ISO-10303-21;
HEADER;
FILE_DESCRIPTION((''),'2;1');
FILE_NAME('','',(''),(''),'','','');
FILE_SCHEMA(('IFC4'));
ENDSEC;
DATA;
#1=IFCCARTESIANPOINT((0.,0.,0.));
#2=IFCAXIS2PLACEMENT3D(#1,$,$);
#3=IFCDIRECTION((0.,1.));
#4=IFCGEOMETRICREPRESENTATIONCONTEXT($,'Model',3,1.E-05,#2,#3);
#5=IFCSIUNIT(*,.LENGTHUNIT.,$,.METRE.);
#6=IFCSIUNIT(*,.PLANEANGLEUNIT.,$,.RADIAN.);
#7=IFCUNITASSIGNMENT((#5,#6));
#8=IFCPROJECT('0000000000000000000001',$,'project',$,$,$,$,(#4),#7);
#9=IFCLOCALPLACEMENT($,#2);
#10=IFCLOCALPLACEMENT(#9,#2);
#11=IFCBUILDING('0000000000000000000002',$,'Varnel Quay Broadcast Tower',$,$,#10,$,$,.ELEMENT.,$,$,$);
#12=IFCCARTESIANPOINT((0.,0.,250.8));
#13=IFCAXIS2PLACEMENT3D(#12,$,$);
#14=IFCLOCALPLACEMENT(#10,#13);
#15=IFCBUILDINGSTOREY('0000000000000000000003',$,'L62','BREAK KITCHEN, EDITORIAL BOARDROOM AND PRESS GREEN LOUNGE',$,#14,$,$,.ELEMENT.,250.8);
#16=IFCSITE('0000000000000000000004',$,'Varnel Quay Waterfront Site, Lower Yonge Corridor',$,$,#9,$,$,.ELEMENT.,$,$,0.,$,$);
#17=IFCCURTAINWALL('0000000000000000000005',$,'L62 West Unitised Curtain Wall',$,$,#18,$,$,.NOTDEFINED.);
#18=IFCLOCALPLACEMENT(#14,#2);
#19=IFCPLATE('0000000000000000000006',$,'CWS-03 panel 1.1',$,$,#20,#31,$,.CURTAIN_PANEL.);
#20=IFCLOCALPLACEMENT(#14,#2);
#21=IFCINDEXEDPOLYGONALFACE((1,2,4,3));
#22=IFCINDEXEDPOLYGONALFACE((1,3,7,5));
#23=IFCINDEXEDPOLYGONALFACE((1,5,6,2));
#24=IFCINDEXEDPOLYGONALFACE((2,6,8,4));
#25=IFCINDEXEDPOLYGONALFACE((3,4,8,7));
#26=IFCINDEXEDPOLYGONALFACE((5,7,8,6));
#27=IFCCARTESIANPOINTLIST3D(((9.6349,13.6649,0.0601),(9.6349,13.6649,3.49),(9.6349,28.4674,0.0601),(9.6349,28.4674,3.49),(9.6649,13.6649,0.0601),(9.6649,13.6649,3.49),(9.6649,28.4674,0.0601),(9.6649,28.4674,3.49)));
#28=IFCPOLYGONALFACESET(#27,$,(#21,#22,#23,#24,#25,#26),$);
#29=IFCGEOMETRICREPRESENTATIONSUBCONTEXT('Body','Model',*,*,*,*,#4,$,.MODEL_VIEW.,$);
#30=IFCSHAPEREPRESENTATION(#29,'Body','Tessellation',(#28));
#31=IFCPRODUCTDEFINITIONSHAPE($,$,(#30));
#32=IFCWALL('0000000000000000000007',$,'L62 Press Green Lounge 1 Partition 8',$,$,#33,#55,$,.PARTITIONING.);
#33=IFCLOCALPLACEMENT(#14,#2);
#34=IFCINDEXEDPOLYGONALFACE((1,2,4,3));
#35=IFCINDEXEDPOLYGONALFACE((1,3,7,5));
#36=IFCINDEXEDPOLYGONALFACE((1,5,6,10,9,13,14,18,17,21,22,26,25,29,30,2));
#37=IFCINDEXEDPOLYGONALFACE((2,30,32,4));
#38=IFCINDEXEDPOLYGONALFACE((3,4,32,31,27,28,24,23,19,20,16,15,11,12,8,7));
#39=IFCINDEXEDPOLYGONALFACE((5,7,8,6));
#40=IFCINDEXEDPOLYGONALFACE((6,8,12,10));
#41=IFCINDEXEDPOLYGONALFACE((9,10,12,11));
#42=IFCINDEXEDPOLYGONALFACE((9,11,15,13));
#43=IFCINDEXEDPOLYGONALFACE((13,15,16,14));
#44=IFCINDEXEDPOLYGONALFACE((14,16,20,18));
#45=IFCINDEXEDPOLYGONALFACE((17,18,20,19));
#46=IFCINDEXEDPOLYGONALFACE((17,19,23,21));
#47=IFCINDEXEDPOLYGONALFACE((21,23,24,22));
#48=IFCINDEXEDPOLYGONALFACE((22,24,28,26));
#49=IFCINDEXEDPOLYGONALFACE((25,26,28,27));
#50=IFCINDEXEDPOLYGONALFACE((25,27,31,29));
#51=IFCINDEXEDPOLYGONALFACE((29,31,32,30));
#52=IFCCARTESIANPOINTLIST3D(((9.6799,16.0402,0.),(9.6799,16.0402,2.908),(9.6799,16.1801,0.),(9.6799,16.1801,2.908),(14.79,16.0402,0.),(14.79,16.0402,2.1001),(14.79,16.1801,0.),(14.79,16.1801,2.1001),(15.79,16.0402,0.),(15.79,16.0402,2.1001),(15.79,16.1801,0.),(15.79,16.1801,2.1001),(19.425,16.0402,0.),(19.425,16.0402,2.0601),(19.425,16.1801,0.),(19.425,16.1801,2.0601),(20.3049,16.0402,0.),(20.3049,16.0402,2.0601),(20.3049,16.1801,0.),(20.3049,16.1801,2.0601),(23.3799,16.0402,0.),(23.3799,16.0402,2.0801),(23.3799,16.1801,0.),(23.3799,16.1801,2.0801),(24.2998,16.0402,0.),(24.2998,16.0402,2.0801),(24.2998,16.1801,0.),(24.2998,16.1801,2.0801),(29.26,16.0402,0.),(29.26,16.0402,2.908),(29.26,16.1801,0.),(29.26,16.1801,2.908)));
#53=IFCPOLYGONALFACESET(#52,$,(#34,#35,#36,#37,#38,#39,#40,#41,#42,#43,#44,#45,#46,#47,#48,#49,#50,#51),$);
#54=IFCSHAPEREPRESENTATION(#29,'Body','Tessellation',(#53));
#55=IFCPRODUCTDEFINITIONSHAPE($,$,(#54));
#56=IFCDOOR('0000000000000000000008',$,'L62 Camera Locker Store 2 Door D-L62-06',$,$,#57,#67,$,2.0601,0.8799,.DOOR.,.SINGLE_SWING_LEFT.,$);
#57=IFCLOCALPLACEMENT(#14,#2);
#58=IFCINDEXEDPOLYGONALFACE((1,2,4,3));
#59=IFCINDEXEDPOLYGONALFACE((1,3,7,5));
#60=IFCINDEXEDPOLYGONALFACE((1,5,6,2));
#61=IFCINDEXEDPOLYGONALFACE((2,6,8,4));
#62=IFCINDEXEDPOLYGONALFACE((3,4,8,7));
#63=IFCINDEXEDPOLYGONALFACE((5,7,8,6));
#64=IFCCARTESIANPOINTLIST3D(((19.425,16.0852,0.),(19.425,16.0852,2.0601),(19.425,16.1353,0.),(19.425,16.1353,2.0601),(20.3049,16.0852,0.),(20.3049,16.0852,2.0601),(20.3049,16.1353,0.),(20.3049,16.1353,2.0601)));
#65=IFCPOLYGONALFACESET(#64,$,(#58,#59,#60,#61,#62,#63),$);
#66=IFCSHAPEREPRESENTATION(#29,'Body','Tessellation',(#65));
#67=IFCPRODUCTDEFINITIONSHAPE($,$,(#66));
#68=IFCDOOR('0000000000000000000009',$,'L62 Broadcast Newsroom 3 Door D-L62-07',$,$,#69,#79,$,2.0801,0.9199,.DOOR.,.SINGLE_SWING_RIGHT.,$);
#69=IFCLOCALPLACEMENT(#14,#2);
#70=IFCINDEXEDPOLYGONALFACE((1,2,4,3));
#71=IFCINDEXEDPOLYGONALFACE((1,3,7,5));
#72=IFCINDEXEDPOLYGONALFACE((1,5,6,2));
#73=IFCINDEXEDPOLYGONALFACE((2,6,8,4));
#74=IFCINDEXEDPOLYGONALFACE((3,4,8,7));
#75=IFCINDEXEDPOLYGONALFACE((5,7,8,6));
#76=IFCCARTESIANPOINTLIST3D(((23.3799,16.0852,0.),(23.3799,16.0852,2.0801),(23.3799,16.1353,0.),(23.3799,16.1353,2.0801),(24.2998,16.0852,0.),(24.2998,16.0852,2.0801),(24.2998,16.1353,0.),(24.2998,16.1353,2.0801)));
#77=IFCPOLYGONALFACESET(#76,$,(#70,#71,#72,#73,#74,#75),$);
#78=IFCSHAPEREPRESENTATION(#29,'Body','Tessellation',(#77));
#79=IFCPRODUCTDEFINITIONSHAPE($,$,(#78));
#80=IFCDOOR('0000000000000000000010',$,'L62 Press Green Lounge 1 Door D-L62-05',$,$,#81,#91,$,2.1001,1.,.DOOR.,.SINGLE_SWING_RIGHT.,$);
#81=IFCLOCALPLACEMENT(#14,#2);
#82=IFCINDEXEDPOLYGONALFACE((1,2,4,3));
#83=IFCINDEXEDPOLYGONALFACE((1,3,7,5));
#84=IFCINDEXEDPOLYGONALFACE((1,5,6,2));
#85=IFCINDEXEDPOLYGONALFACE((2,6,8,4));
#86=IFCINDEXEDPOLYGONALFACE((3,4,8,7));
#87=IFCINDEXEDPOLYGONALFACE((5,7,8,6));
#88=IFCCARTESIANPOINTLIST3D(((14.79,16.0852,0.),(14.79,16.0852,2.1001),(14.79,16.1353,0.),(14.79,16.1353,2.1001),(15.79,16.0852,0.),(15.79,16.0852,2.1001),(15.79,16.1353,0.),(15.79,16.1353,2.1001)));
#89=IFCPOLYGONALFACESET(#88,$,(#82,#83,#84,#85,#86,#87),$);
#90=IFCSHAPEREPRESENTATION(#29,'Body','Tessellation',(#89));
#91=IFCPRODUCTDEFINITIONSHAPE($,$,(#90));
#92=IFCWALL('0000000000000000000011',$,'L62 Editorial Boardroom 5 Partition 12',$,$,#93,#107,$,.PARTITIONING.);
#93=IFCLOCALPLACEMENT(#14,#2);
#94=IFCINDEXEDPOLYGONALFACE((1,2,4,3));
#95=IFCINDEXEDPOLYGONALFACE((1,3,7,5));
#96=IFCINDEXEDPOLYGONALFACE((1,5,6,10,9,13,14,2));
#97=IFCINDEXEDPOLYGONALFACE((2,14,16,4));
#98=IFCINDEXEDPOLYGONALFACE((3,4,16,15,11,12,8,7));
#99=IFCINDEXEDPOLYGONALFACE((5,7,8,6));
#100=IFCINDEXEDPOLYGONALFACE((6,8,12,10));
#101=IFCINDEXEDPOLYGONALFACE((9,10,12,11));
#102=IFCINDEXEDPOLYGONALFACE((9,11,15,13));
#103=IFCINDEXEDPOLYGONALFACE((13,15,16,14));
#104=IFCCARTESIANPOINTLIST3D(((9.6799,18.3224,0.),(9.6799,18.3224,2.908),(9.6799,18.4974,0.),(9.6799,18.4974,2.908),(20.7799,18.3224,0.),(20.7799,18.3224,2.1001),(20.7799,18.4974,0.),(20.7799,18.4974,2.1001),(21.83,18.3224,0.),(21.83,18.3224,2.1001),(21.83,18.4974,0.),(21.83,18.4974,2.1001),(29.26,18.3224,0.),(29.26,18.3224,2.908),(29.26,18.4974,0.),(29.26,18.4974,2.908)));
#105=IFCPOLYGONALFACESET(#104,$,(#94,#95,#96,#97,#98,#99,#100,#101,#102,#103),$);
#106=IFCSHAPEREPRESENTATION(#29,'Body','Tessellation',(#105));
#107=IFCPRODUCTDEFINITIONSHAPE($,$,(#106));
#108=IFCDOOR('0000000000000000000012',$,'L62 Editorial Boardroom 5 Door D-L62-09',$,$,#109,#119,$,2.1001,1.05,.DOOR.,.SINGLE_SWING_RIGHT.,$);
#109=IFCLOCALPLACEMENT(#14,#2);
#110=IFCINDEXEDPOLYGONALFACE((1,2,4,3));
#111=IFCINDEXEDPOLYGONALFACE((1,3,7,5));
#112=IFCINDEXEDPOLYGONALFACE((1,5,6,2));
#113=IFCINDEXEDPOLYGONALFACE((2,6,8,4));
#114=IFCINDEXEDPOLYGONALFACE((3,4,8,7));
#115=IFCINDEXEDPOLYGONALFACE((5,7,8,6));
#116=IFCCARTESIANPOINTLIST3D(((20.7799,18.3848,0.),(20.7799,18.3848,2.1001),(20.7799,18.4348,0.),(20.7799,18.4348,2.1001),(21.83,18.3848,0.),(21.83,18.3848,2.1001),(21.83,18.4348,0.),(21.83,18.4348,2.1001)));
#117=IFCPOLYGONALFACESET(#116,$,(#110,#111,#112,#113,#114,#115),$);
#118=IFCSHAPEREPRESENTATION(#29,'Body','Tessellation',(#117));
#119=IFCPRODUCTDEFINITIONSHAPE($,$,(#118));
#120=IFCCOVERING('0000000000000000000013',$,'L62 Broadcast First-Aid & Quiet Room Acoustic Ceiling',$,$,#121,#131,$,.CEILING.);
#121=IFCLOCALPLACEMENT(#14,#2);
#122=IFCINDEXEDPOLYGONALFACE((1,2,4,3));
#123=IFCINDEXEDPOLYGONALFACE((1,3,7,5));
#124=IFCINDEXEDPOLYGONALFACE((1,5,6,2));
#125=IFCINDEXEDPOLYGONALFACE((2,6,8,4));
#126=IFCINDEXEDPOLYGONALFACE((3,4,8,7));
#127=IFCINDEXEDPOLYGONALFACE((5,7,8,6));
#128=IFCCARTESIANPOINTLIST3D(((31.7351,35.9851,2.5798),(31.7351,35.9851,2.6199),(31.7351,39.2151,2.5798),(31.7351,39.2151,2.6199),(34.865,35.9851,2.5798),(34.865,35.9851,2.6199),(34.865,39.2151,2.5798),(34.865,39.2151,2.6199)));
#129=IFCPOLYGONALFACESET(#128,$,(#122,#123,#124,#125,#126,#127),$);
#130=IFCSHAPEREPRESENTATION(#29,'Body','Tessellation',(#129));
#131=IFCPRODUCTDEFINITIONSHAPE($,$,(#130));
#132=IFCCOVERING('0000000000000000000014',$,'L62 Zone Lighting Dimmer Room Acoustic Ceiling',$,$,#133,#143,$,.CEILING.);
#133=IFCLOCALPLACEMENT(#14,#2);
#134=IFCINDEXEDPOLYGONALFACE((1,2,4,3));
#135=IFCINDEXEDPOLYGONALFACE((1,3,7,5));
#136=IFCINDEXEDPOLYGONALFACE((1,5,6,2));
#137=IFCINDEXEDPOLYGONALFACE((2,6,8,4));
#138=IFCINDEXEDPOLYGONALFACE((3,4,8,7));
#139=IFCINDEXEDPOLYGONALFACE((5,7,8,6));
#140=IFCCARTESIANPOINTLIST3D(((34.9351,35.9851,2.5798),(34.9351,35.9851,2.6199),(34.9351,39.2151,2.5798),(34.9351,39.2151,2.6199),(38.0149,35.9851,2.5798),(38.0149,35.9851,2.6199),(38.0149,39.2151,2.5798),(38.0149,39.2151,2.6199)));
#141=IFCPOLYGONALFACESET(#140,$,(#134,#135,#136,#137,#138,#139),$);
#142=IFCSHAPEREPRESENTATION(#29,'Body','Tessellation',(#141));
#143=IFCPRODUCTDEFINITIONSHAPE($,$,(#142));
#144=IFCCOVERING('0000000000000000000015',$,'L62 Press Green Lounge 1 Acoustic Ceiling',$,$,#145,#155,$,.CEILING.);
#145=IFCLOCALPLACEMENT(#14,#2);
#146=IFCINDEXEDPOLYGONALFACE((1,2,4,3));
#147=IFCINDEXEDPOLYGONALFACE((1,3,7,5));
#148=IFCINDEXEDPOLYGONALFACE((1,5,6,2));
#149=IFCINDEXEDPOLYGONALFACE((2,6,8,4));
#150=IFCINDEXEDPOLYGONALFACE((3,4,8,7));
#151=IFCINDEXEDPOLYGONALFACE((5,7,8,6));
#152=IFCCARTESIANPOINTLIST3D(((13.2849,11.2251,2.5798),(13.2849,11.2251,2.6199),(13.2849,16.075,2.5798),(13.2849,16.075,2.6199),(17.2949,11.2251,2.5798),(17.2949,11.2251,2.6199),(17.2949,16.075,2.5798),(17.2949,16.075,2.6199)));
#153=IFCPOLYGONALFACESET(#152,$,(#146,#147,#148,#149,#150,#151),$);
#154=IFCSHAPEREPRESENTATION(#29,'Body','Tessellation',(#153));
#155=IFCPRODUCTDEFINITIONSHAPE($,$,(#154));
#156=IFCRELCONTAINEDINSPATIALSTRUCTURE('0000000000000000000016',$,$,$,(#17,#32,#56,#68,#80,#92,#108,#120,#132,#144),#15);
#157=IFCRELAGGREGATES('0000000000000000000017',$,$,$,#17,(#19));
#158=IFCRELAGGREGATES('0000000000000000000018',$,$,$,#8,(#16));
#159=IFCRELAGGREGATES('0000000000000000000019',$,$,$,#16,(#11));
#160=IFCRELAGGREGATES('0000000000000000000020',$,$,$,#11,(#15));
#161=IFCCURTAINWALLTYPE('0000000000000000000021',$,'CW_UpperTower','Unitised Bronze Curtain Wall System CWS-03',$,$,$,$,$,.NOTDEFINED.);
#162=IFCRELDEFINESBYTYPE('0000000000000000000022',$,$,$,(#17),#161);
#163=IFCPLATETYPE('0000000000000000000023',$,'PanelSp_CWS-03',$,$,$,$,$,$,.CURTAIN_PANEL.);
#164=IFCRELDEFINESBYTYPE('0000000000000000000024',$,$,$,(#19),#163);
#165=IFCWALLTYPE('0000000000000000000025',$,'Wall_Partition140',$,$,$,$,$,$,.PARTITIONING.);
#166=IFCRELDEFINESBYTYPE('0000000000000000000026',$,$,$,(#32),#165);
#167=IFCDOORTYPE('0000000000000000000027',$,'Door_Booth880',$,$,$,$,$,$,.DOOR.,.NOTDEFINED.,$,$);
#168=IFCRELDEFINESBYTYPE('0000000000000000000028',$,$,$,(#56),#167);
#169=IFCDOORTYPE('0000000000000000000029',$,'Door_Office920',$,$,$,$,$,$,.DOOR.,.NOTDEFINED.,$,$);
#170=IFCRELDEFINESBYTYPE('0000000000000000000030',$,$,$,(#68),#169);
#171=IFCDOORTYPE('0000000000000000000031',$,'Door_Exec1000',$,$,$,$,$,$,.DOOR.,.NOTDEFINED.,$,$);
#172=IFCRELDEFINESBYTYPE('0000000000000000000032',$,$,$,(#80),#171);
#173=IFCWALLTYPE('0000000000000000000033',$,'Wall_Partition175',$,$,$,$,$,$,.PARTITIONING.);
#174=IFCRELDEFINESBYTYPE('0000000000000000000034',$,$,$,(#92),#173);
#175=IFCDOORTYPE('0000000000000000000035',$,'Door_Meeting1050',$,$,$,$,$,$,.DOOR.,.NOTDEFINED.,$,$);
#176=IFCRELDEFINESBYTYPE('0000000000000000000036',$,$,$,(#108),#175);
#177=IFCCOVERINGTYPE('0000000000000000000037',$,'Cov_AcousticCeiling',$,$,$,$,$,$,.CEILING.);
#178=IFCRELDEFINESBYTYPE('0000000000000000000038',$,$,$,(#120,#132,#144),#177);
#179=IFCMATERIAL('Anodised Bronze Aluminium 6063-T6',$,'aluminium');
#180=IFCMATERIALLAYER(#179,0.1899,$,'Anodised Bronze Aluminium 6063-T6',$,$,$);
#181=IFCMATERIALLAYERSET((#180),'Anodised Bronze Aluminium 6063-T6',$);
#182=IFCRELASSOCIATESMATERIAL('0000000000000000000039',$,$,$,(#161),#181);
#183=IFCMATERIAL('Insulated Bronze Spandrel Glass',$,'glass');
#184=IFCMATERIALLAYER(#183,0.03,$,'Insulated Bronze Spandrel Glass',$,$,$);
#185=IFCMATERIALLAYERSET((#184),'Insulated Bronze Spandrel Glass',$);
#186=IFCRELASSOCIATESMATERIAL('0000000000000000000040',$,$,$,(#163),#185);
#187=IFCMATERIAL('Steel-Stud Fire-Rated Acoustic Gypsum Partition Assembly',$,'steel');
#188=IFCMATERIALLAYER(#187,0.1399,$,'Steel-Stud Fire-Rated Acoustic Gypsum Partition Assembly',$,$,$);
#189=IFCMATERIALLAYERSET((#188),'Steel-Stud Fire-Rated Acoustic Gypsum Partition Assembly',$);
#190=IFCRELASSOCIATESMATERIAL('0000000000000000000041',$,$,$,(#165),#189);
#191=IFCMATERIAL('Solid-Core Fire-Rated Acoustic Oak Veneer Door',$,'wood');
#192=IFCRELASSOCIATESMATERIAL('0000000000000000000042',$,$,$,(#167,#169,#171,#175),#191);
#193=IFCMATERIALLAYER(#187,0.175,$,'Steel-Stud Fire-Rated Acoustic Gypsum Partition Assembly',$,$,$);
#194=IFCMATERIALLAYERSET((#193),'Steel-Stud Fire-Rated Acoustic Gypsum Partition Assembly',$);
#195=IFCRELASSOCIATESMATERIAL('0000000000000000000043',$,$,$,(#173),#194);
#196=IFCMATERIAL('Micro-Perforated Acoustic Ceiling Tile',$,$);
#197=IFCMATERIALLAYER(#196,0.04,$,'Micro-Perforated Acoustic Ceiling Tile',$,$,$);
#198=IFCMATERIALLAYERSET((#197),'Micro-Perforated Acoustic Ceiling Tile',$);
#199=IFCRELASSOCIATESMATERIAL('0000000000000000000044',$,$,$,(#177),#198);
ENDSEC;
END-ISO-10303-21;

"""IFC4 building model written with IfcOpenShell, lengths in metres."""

from ifc_helpers import new_model, si_unit, direction, frame, frame_2d, origin, origin_2d, place, context, subcontext, project, spatial, polyline, rectangle, outline, extrude, source, transform, mapped, material, layer, layer_set, type_object, type_shapes, element, fill, aggregate, save


model = new_model("IFC4")

# Units and contexts
model_context = context("Model", 3, precision=1e-05, world=origin(), true_north=direction((0.0, 1.0)))
body_context = subcontext(model_context, "Body", "Model", "MODEL_VIEW")
ifc_project = project(units=[si_unit("LENGTHUNIT", "METRE"), si_unit("PLANEANGLEUNIT", "RADIAN")], contexts=[model_context])

# Site, building, storey
site_placement = place(None, origin())
site = spatial("IfcSite", under=ifc_project, at=site_placement, Name="Varnel Quay Waterfront Site, Lower Yonge Corridor", CompositionType="ELEMENT", RefElevation=0.0)
building_placement = place(site_placement, origin())
building = spatial("IfcBuilding", under=site, at=building_placement, Name="Varnel Quay Broadcast Tower", CompositionType="ELEMENT")
storey_placement = place(building_placement, frame((0.0, 0.0, 250.8)))
storey = spatial("IfcBuildingStorey", under=building, at=storey_placement, Name="L62", Description="BREAK KITCHEN, EDITORIAL BOARDROOM AND PRESS GREEN LOUNGE", CompositionType="ELEMENT", Elevation=250.8)

# Shared definitions
ifc_material_1 = material(Name="Anodised Bronze Aluminium 6063-T6", Category="aluminium")

# Curtain wall
ifc_layer_1 = layer(ifc_material_1, 0.1899, Name="Anodised Bronze Aluminium 6063-T6")
ifc_layer_set_1 = layer_set([ifc_layer_1], Name="Anodised Bronze Aluminium 6063-T6")
curtain_wall_type_1 = type_object("IfcCurtainWallType", Name="CW_UpperTower", Description="Unitised Bronze Curtain Wall System CWS-03", PredefinedType="NOTDEFINED", material=ifc_layer_set_1)
curtain_wall_1_placement = place(storey_placement, origin())
curtain_wall_1 = element("IfcCurtainWall", 1, at=curtain_wall_1_placement, inside=storey, type_object=curtain_wall_type_1, Name="L62 West Unitised Curtain Wall", PredefinedType="NOTDEFINED")

# Plate
ifc_material_2 = material(Name="Insulated Bronze Spandrel Glass", Category="glass")
ifc_layer_2 = layer(ifc_material_2, 0.03, Name="Insulated Bronze Spandrel Glass")
ifc_layer_set_2 = layer_set([ifc_layer_2], Name="Insulated Bronze Spandrel Glass")
plate_type_1 = type_object("IfcPlateType", Name="PanelSp_CWS-03", PredefinedType="CURTAIN_PANEL", material=ifc_layer_set_2)
shared_shape_1 = source(origin(), body_context, "Body", "SweptSolid", [
    extrude(rectangle(XDim=14.8025, YDim=0.03, at=origin_2d()), origin(), (0.0, 0.0, 1.0), 3.4299),
])
type_shapes(plate_type_1, [shared_shape_1])
plate_1_placement = place(storey_placement, frame((9.6499, 21.0662, 0.0601), z_axis=(0.0, 0.0, 1.0), x_axis=(0.0, 1.0, 0.0)))
plate_1 = element("IfcPlate", 2, at=plate_1_placement, type_object=plate_type_1, Name="CWS-03 panel 1.1", PredefinedType="CURTAIN_PANEL", context=body_context, shape_type="MappedRepresentation", body=[
    mapped(shared_shape_1, transform((0.0, 0.0, 0.0), x_axis=(1.0, 0.0, 0.0), y_axis=(0.0, 1.0, 0.0), z_axis=(0.0, 0.0, 1.0), scale=1.0)),
])
aggregate(curtain_wall_1, [plate_1])

# Wall, openings, doors
ifc_material_3 = material(Name="Steel-Stud Fire-Rated Acoustic Gypsum Partition Assembly", Category="steel")
ifc_layer_3 = layer(ifc_material_3, 0.1399, Name="Steel-Stud Fire-Rated Acoustic Gypsum Partition Assembly")
ifc_layer_set_3 = layer_set([ifc_layer_3], Name="Steel-Stud Fire-Rated Acoustic Gypsum Partition Assembly")
wall_type_1 = type_object("IfcWallType", Name="Wall_Partition140", PredefinedType="PARTITIONING", material=ifc_layer_set_3)
wall_1_placement = place(storey_placement, frame((9.6799, 16.1101, 0.0), z_axis=(0.0, 0.0, 1.0), x_axis=(1.0, 0.0, 0.0)))
wall_1 = element("IfcWall", 3, at=wall_1_placement, inside=storey, type_object=wall_type_1, Name="L62 Press Green Lounge 1 Partition 8", PredefinedType="PARTITIONING", context=body_context, shape_type="SweptSolid", body=[
    extrude(rectangle(XDim=19.5801, YDim=0.1399, at=frame_2d((9.79, 0.0))), origin(), (0.0, 0.0, 1.0), 2.908),
])
opening_1_placement = place(wall_1_placement, frame((5.1101, 0.0, 0.0)))
opening_1 = element("IfcOpeningElement", 4, at=opening_1_placement, cuts=wall_1, PredefinedType="OPENING", context=body_context, shape_type="SweptSolid", body=[
    extrude(rectangle(XDim=1.0, YDim=2.1001, at=frame_2d((0.5, 1.05))), frame((0.0, 0.0801, 0.0), z_axis=(0.0, -1.0, 0.0), x_axis=(1.0, 0.0, 0.0)), (0.0, 0.0, 1.0), 0.1599),
])
opening_2_placement = place(wall_1_placement, frame((9.7451, 0.0, 0.0)))
opening_2 = element("IfcOpeningElement", 5, at=opening_2_placement, cuts=wall_1, PredefinedType="OPENING", context=body_context, shape_type="SweptSolid", body=[
    extrude(rectangle(XDim=0.8799, YDim=2.0601, at=frame_2d((0.4399, 1.03))), frame((0.0, 0.0801, 0.0), z_axis=(0.0, -1.0, 0.0), x_axis=(1.0, 0.0, 0.0)), (0.0, 0.0, 1.0), 0.1599),
])
opening_3_placement = place(wall_1_placement, frame((13.7, 0.0, 0.0)))
opening_3 = element("IfcOpeningElement", 6, at=opening_3_placement, cuts=wall_1, PredefinedType="OPENING", context=body_context, shape_type="SweptSolid", body=[
    extrude(rectangle(XDim=0.9199, YDim=2.0801, at=frame_2d((0.46, 1.04))), frame((0.0, 0.0801, 0.0), z_axis=(0.0, -1.0, 0.0), x_axis=(1.0, 0.0, 0.0)), (0.0, 0.0, 1.0), 0.1599),
])
ifc_material_4 = material(Name="Solid-Core Fire-Rated Acoustic Oak Veneer Door", Category="wood")
door_type_1 = type_object("IfcDoorType", Name="Door_Booth880", OperationType="NOTDEFINED", PredefinedType="DOOR", material=ifc_material_4)
shared_shape_2 = source(origin(), body_context, "Body", "SweptSolid", [
    extrude(rectangle(XDim=0.8799, YDim=2.0601, at=frame_2d((0.4399, 1.03))), frame((0.0, 0.0249, 0.0), z_axis=(0.0, -1.0, 0.0), x_axis=(1.0, 0.0, 0.0)), (0.0, 0.0, 1.0), 0.05),
])
type_shapes(door_type_1, [shared_shape_2])
door_1_placement = place(opening_2_placement, frame((0.8799, 0.0, 0.0), z_axis=(0.0, 0.0, 1.0), x_axis=(-1.0, 0.0, 0.0)))
door_1 = element("IfcDoor", 7, at=door_1_placement, inside=storey, type_object=door_type_1, Name="L62 Camera Locker Store 2 Door D-L62-06", OperationType="SINGLE_SWING_LEFT", OverallHeight=2.0601, OverallWidth=0.8799, PredefinedType="DOOR", context=body_context, shape_type="MappedRepresentation", body=[
    mapped(shared_shape_2, transform((0.0, 0.0, 0.0), x_axis=(1.0, 0.0, 0.0), y_axis=(0.0, 1.0, 0.0), z_axis=(0.0, 0.0, 1.0), scale=1.0)),
])
fill(opening_2, door_1)
door_type_2 = type_object("IfcDoorType", Name="Door_Office920", OperationType="NOTDEFINED", PredefinedType="DOOR", material=ifc_material_4)
shared_shape_3 = source(origin(), body_context, "Body", "SweptSolid", [
    extrude(rectangle(XDim=0.9199, YDim=2.0801, at=frame_2d((0.46, 1.04))), frame((0.0, 0.0249, 0.0), z_axis=(0.0, -1.0, 0.0), x_axis=(1.0, 0.0, 0.0)), (0.0, 0.0, 1.0), 0.05),
])
type_shapes(door_type_2, [shared_shape_3])
door_2_placement = place(opening_3_placement, frame((0.9199, 0.0, 0.0), z_axis=(0.0, 0.0, 1.0), x_axis=(-1.0, 0.0, 0.0)))
door_2 = element("IfcDoor", 8, at=door_2_placement, inside=storey, type_object=door_type_2, Name="L62 Broadcast Newsroom 3 Door D-L62-07", OperationType="SINGLE_SWING_RIGHT", OverallHeight=2.0801, OverallWidth=0.9199, PredefinedType="DOOR", context=body_context, shape_type="MappedRepresentation", body=[
    mapped(shared_shape_3, transform((0.0, 0.0, 0.0), x_axis=(1.0, 0.0, 0.0), y_axis=(0.0, 1.0, 0.0), z_axis=(0.0, 0.0, 1.0), scale=1.0)),
])
fill(opening_3, door_2)
door_type_3 = type_object("IfcDoorType", Name="Door_Exec1000", OperationType="NOTDEFINED", PredefinedType="DOOR", material=ifc_material_4)
shared_shape_4 = source(origin(), body_context, "Body", "SweptSolid", [
    extrude(rectangle(XDim=1.0, YDim=2.1001, at=frame_2d((0.5, 1.05))), frame((0.0, 0.0249, 0.0), z_axis=(0.0, -1.0, 0.0), x_axis=(1.0, 0.0, 0.0)), (0.0, 0.0, 1.0), 0.05),
])
type_shapes(door_type_3, [shared_shape_4])
door_3_placement = place(opening_1_placement, frame((1.0, 0.0, 0.0), z_axis=(0.0, 0.0, 1.0), x_axis=(-1.0, 0.0, 0.0)))
door_3 = element("IfcDoor", 9, at=door_3_placement, inside=storey, type_object=door_type_3, Name="L62 Press Green Lounge 1 Door D-L62-05", OperationType="SINGLE_SWING_RIGHT", OverallHeight=2.1001, OverallWidth=1.0, PredefinedType="DOOR", context=body_context, shape_type="MappedRepresentation", body=[
    mapped(shared_shape_4, transform((0.0, 0.0, 0.0), x_axis=(1.0, 0.0, 0.0), y_axis=(0.0, 1.0, 0.0), z_axis=(0.0, 0.0, 1.0), scale=1.0)),
])
fill(opening_1, door_3)

# Wall, opening, door
ifc_layer_4 = layer(ifc_material_3, 0.175, Name="Steel-Stud Fire-Rated Acoustic Gypsum Partition Assembly")
ifc_layer_set_4 = layer_set([ifc_layer_4], Name="Steel-Stud Fire-Rated Acoustic Gypsum Partition Assembly")
wall_type_2 = type_object("IfcWallType", Name="Wall_Partition175", PredefinedType="PARTITIONING", material=ifc_layer_set_4)
wall_2_placement = place(storey_placement, frame((9.6799, 18.4099, 0.0), z_axis=(0.0, 0.0, 1.0), x_axis=(1.0, 0.0, 0.0)))
wall_2 = element("IfcWall", 10, at=wall_2_placement, inside=storey, type_object=wall_type_2, Name="L62 Editorial Boardroom 5 Partition 12", PredefinedType="PARTITIONING", context=body_context, shape_type="SweptSolid", body=[
    extrude(rectangle(XDim=19.5801, YDim=0.175, at=frame_2d((9.79, 0.0))), origin(), (0.0, 0.0, 1.0), 2.908),
])
opening_4_placement = place(wall_2_placement, frame((11.1001, 0.0, 0.0)))
opening_4 = element("IfcOpeningElement", 11, at=opening_4_placement, cuts=wall_2, PredefinedType="OPENING", context=body_context, shape_type="SweptSolid", body=[
    extrude(rectangle(XDim=1.05, YDim=2.1001, at=frame_2d((0.5249, 1.05))), frame((0.0, 0.0977, 0.0), z_axis=(0.0, -1.0, 0.0), x_axis=(1.0, 0.0, 0.0)), (0.0, 0.0, 1.0), 0.1951),
])
door_type_4 = type_object("IfcDoorType", Name="Door_Meeting1050", OperationType="NOTDEFINED", PredefinedType="DOOR", material=ifc_material_4)
shared_shape_5 = source(origin(), body_context, "Body", "SweptSolid", [
    extrude(rectangle(XDim=1.05, YDim=2.1001, at=frame_2d((0.5249, 1.05))), frame((0.0, 0.0249, 0.0), z_axis=(0.0, -1.0, 0.0), x_axis=(1.0, 0.0, 0.0)), (0.0, 0.0, 1.0), 0.05),
])
type_shapes(door_type_4, [shared_shape_5])
door_4_placement = place(opening_4_placement, origin())
door_4 = element("IfcDoor", 12, at=door_4_placement, inside=storey, type_object=door_type_4, Name="L62 Editorial Boardroom 5 Door D-L62-09", OperationType="SINGLE_SWING_RIGHT", OverallHeight=2.1001, OverallWidth=1.05, PredefinedType="DOOR", context=body_context, shape_type="MappedRepresentation", body=[
    mapped(shared_shape_5, transform((0.0, 0.0, 0.0), x_axis=(1.0, 0.0, 0.0), y_axis=(0.0, 1.0, 0.0), z_axis=(0.0, 0.0, 1.0), scale=1.0)),
])
fill(opening_4, door_4)

# Coverings
ifc_material_5 = material(Name="Micro-Perforated Acoustic Ceiling Tile")
ifc_layer_5 = layer(ifc_material_5, 0.04, Name="Micro-Perforated Acoustic Ceiling Tile")
ifc_layer_set_5 = layer_set([ifc_layer_5], Name="Micro-Perforated Acoustic Ceiling Tile")
covering_type_1 = type_object("IfcCoveringType", Name="Cov_AcousticCeiling", PredefinedType="CEILING", material=ifc_layer_set_5)
covering_1_placement = place(storey_placement, frame((0.0, 0.0, 2.5798)))
element("IfcCovering", 13, at=covering_1_placement, inside=storey, type_object=covering_type_1, Name="L62 Broadcast First-Aid & Quiet Room Acoustic Ceiling", PredefinedType="CEILING", context=body_context, shape_type="SweptSolid", body=[
    extrude(outline(polyline([(31.7351, 35.9851), (34.865, 35.9851), (34.865, 39.2151), (31.7351, 39.2151), (31.7351, 35.9851)])), origin(), (0.0, 0.0, 1.0), 0.04),
])
covering_2_placement = place(storey_placement, frame((0.0, 0.0, 2.5798)))
element("IfcCovering", 14, at=covering_2_placement, inside=storey, type_object=covering_type_1, Name="L62 Zone Lighting Dimmer Room Acoustic Ceiling", PredefinedType="CEILING", context=body_context, shape_type="SweptSolid", body=[
    extrude(outline(polyline([(34.9351, 35.9851), (38.0149, 35.9851), (38.0149, 39.2151), (34.9351, 39.2151), (34.9351, 35.9851)])), origin(), (0.0, 0.0, 1.0), 0.04),
])
covering_3_placement = place(storey_placement, frame((0.0, 0.0, 2.5798)))
element("IfcCovering", 15, at=covering_3_placement, inside=storey, type_object=covering_type_1, Name="L62 Press Green Lounge 1 Acoustic Ceiling", PredefinedType="CEILING", context=body_context, shape_type="SweptSolid", body=[
    extrude(outline(polyline([(13.2849, 11.2251), (17.2949, 11.2251), (17.2949, 16.075), (13.2849, 16.075), (13.2849, 11.2251)])), origin(), (0.0, 0.0, 1.0), 0.04),
])

save(model, "model.ifc")
